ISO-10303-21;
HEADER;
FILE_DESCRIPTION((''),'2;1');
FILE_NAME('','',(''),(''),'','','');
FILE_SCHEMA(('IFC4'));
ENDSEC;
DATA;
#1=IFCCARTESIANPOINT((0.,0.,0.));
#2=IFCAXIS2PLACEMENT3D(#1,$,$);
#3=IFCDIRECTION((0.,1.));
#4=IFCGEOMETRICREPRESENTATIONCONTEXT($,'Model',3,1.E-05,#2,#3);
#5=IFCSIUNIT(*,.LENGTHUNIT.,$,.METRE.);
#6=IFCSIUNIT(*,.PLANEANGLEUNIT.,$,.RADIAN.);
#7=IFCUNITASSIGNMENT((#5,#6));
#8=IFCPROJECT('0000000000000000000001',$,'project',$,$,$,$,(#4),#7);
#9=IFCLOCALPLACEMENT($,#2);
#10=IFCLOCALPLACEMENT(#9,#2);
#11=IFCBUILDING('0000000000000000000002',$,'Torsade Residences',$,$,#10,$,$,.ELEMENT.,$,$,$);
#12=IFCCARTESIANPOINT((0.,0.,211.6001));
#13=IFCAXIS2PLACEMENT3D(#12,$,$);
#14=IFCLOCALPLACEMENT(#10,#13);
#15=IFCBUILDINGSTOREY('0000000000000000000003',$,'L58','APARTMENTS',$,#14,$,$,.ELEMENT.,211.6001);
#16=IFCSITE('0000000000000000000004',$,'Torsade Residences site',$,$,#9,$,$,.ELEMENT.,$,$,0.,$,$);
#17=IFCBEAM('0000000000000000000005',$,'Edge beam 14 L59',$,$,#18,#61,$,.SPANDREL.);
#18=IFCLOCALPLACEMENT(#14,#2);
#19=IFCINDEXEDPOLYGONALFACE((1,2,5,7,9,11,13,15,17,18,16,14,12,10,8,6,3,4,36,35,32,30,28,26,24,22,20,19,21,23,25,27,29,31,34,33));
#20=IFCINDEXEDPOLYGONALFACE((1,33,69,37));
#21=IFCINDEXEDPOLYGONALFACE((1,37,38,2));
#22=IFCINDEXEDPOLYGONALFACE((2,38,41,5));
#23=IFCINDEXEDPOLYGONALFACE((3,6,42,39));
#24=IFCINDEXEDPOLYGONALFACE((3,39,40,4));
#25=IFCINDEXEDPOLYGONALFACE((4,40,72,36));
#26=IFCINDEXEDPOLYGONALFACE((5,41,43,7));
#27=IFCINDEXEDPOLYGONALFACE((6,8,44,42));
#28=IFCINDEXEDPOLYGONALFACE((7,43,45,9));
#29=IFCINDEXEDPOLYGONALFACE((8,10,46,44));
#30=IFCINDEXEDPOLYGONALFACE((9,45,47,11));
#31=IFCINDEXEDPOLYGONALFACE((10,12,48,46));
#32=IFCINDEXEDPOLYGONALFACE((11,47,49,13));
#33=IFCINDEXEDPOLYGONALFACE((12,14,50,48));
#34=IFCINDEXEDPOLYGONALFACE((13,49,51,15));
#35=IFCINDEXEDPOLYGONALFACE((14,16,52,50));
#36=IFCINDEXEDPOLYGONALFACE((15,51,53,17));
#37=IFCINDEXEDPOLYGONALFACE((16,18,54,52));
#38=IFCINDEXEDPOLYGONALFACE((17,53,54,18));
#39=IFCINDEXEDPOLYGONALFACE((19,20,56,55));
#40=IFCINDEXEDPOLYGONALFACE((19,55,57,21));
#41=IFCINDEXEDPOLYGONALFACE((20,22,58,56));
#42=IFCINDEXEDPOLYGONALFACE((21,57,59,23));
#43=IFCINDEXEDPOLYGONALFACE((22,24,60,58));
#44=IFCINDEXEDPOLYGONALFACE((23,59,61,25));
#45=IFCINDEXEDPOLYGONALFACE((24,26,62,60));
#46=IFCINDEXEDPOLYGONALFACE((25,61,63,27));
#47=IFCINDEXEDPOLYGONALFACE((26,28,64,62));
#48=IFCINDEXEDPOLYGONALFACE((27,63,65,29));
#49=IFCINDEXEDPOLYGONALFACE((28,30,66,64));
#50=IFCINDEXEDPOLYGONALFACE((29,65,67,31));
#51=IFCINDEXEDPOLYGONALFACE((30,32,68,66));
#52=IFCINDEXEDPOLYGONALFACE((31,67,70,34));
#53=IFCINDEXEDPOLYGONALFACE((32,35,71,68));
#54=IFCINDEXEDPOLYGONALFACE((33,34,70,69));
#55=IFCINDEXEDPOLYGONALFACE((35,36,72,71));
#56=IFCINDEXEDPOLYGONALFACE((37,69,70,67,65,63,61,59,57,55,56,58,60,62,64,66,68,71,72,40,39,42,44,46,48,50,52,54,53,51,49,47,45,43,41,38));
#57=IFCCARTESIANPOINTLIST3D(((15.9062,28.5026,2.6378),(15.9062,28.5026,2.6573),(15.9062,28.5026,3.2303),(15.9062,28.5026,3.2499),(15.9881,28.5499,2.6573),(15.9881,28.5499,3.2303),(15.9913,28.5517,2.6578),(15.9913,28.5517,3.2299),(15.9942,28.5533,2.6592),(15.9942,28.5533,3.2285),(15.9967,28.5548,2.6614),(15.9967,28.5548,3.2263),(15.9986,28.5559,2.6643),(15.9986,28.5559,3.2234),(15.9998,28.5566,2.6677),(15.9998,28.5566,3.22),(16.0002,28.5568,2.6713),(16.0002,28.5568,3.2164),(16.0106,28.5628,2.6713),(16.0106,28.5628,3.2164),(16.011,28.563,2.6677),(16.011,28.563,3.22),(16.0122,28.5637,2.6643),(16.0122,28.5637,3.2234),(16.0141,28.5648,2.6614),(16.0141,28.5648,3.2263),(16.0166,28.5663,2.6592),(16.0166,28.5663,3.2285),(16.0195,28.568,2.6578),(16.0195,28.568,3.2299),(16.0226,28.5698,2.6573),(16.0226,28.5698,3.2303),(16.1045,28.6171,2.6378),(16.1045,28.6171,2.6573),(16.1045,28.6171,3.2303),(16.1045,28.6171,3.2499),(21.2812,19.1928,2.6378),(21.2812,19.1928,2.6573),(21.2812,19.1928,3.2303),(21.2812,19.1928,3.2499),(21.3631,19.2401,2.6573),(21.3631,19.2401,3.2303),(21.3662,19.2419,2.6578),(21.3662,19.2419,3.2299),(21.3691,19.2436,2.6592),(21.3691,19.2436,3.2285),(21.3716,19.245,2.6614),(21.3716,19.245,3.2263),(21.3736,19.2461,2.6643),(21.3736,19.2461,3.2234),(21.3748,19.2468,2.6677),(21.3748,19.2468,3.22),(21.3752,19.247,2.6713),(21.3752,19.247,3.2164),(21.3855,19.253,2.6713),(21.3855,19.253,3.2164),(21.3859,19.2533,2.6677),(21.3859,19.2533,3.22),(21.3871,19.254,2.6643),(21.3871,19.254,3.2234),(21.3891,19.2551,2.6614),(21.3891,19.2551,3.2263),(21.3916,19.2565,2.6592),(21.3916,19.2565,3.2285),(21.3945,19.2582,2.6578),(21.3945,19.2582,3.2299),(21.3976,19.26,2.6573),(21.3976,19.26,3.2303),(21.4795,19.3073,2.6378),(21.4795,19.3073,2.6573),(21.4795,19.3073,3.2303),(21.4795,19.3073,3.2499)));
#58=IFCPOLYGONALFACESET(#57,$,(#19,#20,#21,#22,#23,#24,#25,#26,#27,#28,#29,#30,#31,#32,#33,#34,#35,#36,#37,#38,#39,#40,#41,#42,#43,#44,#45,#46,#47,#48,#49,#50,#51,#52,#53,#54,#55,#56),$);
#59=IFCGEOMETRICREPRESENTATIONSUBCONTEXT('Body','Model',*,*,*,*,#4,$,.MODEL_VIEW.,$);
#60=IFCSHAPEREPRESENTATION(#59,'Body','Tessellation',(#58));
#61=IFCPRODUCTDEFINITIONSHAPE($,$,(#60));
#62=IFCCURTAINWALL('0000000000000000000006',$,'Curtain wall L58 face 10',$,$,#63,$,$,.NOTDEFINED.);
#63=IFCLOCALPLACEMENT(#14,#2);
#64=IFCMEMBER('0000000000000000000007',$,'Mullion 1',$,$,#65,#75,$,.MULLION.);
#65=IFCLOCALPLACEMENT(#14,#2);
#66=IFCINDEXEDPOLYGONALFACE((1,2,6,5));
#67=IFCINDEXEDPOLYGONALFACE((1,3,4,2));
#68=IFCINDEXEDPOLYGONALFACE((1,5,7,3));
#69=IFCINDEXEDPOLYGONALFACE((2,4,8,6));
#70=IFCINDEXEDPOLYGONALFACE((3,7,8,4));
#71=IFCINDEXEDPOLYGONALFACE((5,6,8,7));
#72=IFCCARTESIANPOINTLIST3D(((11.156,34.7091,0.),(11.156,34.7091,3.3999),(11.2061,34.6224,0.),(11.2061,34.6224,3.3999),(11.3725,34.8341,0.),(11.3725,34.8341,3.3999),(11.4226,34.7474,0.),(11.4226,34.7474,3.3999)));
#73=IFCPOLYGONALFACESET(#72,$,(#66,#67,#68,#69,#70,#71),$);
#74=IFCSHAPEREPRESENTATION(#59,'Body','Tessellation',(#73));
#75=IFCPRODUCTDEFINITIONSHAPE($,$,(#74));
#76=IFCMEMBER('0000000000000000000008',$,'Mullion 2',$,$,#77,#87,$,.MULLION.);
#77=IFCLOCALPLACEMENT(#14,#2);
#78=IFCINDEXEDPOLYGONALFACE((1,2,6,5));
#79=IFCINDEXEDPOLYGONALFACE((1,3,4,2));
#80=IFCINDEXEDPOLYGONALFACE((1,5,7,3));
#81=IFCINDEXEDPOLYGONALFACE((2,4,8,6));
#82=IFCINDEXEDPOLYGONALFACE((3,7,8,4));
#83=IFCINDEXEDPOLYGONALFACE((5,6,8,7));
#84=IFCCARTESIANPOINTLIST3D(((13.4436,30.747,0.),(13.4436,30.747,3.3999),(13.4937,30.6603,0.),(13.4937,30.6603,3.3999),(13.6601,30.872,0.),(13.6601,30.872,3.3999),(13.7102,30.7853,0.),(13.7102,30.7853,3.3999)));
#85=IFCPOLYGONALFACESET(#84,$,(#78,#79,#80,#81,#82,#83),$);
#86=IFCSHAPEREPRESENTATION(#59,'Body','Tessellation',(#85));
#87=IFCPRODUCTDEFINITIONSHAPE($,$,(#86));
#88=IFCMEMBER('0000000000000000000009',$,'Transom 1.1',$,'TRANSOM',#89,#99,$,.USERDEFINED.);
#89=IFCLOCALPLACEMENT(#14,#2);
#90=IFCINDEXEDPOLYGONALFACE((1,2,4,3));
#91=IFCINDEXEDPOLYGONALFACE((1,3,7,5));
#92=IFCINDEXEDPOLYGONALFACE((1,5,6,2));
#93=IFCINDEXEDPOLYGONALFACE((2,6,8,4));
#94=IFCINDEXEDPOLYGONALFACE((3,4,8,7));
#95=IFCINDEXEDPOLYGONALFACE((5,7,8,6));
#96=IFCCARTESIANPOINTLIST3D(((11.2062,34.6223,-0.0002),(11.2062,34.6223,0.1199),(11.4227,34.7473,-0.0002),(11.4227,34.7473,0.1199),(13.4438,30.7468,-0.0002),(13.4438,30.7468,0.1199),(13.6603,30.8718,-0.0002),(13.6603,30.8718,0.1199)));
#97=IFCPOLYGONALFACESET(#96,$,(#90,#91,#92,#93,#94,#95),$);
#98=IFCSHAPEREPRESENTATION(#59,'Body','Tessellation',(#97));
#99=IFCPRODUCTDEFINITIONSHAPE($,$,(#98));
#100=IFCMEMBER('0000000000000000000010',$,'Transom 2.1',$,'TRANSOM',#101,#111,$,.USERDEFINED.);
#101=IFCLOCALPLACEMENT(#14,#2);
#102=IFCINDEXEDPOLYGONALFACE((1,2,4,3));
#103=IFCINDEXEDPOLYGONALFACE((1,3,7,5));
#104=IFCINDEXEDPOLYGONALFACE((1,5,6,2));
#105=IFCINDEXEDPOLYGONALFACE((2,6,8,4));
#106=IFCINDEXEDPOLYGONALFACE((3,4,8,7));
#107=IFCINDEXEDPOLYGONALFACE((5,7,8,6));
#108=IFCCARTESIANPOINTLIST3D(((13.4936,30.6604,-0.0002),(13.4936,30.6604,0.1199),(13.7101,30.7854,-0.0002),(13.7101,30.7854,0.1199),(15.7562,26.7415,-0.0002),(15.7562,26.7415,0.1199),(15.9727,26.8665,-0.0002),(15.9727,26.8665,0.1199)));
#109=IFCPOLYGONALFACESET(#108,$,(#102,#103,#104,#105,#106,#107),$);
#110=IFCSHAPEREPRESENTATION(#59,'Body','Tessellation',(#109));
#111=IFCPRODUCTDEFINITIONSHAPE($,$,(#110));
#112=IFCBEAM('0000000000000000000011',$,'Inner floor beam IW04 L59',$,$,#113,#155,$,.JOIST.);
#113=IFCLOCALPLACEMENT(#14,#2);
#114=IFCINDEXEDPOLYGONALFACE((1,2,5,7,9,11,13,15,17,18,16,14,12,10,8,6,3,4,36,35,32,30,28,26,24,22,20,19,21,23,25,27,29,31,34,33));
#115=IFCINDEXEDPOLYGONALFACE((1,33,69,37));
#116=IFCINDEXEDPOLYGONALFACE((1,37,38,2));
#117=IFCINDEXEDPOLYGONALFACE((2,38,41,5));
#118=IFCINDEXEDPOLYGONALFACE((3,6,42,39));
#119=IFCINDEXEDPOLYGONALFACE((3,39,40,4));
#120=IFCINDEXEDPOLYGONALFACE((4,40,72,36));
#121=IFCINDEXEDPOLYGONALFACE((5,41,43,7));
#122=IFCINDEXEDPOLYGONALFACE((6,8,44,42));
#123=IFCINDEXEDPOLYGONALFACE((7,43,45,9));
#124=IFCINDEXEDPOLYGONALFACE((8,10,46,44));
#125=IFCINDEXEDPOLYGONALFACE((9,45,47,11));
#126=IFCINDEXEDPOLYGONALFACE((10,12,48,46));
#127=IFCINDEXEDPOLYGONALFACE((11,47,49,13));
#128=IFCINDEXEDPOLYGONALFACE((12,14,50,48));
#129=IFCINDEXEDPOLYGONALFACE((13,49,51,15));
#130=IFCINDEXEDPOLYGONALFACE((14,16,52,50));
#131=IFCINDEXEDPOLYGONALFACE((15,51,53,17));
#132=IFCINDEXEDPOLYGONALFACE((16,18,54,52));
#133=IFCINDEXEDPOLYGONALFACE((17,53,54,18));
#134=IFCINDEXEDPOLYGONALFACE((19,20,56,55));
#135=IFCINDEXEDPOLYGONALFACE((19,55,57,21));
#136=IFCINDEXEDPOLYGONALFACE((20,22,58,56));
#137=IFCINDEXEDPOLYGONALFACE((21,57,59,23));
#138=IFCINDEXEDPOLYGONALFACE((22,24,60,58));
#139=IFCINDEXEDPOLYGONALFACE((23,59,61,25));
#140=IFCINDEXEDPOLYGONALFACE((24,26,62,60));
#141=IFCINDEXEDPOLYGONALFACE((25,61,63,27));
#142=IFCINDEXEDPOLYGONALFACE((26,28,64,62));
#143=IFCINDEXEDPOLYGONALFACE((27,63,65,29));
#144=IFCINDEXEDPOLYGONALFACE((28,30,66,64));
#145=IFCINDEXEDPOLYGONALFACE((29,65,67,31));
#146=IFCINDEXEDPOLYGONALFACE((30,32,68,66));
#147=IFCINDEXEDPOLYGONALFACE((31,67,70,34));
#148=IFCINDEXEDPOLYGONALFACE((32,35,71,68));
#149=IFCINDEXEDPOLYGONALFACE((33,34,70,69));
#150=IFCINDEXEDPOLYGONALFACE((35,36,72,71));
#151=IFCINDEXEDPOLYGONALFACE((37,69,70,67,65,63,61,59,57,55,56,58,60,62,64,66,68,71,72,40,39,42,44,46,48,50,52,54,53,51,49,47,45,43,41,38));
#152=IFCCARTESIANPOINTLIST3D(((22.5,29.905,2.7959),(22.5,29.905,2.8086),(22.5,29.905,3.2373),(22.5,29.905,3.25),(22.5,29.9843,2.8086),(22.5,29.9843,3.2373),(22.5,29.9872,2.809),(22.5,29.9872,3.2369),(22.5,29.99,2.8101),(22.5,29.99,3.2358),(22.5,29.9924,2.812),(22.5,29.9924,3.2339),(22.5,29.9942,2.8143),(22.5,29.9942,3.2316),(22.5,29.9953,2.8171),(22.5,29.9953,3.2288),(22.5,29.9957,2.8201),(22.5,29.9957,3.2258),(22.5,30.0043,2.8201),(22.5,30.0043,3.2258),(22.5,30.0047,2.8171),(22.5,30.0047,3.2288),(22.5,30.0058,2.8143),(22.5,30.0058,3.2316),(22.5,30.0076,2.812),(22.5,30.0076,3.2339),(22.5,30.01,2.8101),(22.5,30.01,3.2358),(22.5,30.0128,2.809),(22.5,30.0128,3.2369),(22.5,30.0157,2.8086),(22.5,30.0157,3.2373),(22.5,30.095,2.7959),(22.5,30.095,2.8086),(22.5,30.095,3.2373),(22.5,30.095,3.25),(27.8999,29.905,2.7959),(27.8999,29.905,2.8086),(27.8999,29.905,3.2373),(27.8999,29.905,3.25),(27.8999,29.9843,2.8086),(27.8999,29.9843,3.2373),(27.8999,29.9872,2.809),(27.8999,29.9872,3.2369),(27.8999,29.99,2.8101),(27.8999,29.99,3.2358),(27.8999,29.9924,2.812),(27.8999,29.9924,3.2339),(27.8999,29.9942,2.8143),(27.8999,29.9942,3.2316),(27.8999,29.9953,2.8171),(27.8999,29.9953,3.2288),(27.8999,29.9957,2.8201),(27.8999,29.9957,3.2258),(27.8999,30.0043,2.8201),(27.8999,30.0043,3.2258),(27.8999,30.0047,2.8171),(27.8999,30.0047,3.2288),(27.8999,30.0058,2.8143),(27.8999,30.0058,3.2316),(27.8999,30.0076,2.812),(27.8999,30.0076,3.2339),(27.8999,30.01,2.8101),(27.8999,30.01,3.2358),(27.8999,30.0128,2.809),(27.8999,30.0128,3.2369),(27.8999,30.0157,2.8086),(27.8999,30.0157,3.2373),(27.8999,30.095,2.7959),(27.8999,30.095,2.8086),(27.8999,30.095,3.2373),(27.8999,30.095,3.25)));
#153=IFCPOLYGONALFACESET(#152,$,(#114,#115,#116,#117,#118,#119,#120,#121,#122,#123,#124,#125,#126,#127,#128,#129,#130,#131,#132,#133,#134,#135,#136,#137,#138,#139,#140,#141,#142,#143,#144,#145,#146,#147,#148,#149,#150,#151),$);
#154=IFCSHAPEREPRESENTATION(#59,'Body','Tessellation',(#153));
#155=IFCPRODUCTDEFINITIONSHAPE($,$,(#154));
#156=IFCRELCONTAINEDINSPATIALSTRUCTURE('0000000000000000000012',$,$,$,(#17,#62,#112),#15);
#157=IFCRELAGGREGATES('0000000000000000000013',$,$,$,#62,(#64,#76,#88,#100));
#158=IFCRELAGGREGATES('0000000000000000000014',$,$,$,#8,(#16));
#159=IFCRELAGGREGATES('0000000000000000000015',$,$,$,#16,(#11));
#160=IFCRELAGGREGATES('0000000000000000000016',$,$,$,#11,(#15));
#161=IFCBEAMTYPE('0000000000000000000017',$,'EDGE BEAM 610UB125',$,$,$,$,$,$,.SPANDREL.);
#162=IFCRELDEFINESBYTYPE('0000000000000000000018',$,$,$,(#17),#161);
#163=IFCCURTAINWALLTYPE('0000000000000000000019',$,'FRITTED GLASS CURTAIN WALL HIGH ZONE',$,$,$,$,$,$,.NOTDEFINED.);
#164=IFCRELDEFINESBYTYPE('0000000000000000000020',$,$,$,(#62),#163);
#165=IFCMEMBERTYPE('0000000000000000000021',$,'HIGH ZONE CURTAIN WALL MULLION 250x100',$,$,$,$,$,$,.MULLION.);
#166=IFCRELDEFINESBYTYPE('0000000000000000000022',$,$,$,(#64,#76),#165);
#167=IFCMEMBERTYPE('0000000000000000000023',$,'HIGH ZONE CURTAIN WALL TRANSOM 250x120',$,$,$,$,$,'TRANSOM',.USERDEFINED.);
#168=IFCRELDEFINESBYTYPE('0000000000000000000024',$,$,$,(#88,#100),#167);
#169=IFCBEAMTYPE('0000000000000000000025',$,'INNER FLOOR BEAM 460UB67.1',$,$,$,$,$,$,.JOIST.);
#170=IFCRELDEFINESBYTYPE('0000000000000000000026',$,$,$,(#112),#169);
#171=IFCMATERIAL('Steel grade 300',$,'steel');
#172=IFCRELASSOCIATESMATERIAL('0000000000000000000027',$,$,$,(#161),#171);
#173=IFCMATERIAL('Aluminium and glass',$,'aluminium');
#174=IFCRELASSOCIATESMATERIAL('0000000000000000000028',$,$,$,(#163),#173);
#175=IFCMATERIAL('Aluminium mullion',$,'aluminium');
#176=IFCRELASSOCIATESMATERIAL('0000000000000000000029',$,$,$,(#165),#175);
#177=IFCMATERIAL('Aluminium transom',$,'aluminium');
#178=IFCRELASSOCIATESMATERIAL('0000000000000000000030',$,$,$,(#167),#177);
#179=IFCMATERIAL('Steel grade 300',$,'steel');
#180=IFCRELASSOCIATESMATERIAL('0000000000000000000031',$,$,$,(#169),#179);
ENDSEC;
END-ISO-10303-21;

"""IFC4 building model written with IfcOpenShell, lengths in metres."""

from ifc_helpers import new_model, si_unit, direction, frame, origin, origin_2d, place, context, subcontext, project, spatial, rectangle, i_section, extrude, material, material_profile, profile_set, type_object, element, aggregate, save


model = new_model("IFC4")

# Units and contexts
model_context = context("Model", 3, precision=1e-05, world=origin(), true_north=direction((0.0, 1.0)))
body_context = subcontext(model_context, "Body", "Model", "MODEL_VIEW")
ifc_project = project(units=[si_unit("LENGTHUNIT", "METRE"), si_unit("PLANEANGLEUNIT", "RADIAN")], contexts=[model_context])

# Site, building, storey
site_placement = place(None, origin())
site = spatial("IfcSite", under=ifc_project, at=site_placement, Name="Torsade Residences site", CompositionType="ELEMENT", RefElevation=0.0)
building_placement = place(site_placement, origin())
building = spatial("IfcBuilding", under=site, at=building_placement, Name="Torsade Residences", CompositionType="ELEMENT")
storey_placement = place(building_placement, frame((0.0, 0.0, 211.6001)))
storey = spatial("IfcBuildingStorey", under=building, at=storey_placement, Name="L58", Description="APARTMENTS", CompositionType="ELEMENT", Elevation=211.6001)

# Beam
ifc_material_1 = material(Name="Steel grade 300", Category="steel")
ifc_material_profile_1 = material_profile(ifc_material_1, i_section(OverallWidth=0.229, OverallDepth=0.6121, WebThickness=0.012, FlangeThickness=0.0195, FilletRadius=0.0139, at=origin_2d()), Name="610UB125")
ifc_profile_set_1 = profile_set([ifc_material_profile_1], Name="Steel grade 300")
beam_type_1 = type_object("IfcBeamType", Name="EDGE BEAM 610UB125", PredefinedType="SPANDREL", material=ifc_profile_set_1)
for number, where, z_axis, x_axis, name in (
    (1, (16.0054, 28.5598, 2.9438), (0.499998, -0.866026, 0.0), (0.866026, 0.499998, 0.0), "Edge beam 14 L59"),
):
    element("IfcBeam", number, at=place(storey_placement, frame(where, z_axis=z_axis, x_axis=x_axis)), inside=storey, type_object=beam_type_1, Name=name, PredefinedType="SPANDREL", context=body_context, shape_type="SweptSolid", body=[
        extrude(i_section(OverallWidth=0.229, OverallDepth=0.6121, WebThickness=0.012, FlangeThickness=0.0195, FilletRadius=0.0139, at=origin_2d()), origin(), (0.0, 0.0, 1.0), 10.75),
    ])

# Curtain wall, members
ifc_material_2 = material(Name="Aluminium and glass", Category="aluminium")
curtain_wall_type = type_object("IfcCurtainWallType", Name="FRITTED GLASS CURTAIN WALL HIGH ZONE", PredefinedType="NOTDEFINED", material=ifc_material_2)
curtain_wall_placement = place(storey_placement, origin())
curtain_wall = element("IfcCurtainWall", 2, at=curtain_wall_placement, inside=storey, type_object=curtain_wall_type, Name="Curtain wall L58 face 10", PredefinedType="NOTDEFINED")
ifc_material_3 = material(Name="Aluminium mullion", Category="aluminium")
ifc_material_profile_2 = material_profile(ifc_material_3, rectangle(XDim=0.25, YDim=0.1001, at=origin_2d()), Name="HIGH ZONE CURTAIN WALL MULLION 250x100")
ifc_profile_set_2 = profile_set([ifc_material_profile_2], Name="Aluminium mullion")
member_type_1 = type_object("IfcMemberType", Name="HIGH ZONE CURTAIN WALL MULLION 250x100", PredefinedType="MULLION", material=ifc_profile_set_2)
member_1_placement = place(storey_placement, frame((11.2893, 34.7283, 0.0), z_axis=(0.0, 0.0, 1.0), x_axis=(0.866025, 0.5, 0.0)))
member_1 = element("IfcMember", 3, at=member_1_placement, type_object=member_type_1, Name="Mullion 1", PredefinedType="MULLION", context=body_context, shape_type="SweptSolid", body=[
    extrude(rectangle(XDim=0.25, YDim=0.1001, at=origin_2d()), origin(), (0.0, 0.0, 1.0), 3.3999),
])
member_2_placement = place(storey_placement, frame((13.5769, 30.7661, 0.0), z_axis=(0.0, 0.0, 1.0), x_axis=(0.866025, 0.5, 0.0)))
member_2 = element("IfcMember", 4, at=member_2_placement, type_object=member_type_1, Name="Mullion 2", PredefinedType="MULLION", context=body_context, shape_type="SweptSolid", body=[
    extrude(rectangle(XDim=0.25, YDim=0.1001, at=origin_2d()), origin(), (0.0, 0.0, 1.0), 3.3999),
])
ifc_material_4 = material(Name="Aluminium transom", Category="aluminium")
ifc_material_profile_3 = material_profile(ifc_material_4, rectangle(XDim=0.25, YDim=0.1201, at=origin_2d()), Name="HIGH ZONE CURTAIN WALL TRANSOM 250x120")
ifc_profile_set_3 = profile_set([ifc_material_profile_3], Name="Aluminium transom")
member_type_2 = type_object("IfcMemberType", Name="HIGH ZONE CURTAIN WALL TRANSOM 250x120", ElementType="TRANSOM", PredefinedType="USERDEFINED", material=ifc_profile_set_3)
member_3_placement = place(storey_placement, frame((11.3145, 34.6848, 0.0598), z_axis=(0.500006, -0.866022, 0.0), x_axis=(0.866022, 0.500006, 0.0)))
member_3 = element("IfcMember", 5, at=member_3_placement, type_object=member_type_2, Name="Transom 1.1", ObjectType="TRANSOM", PredefinedType="USERDEFINED", context=body_context, shape_type="SweptSolid", body=[
    extrude(rectangle(XDim=0.25, YDim=0.1201, at=origin_2d()), origin(), (0.0, 0.0, 1.0), 4.4751),
])
member_4_placement = place(storey_placement, frame((13.6018, 30.7229, 0.0598), z_axis=(0.500015, -0.866017, 0.0), x_axis=(0.866017, 0.500015, 0.0)))
member_4 = element("IfcMember", 6, at=member_4_placement, type_object=member_type_2, Name="Transom 2.1", ObjectType="TRANSOM", PredefinedType="USERDEFINED", context=body_context, shape_type="SweptSolid", body=[
    extrude(rectangle(XDim=0.25, YDim=0.1201, at=origin_2d()), origin(), (0.0, 0.0, 1.0), 4.5251),
])

# Beam
ifc_material_5 = material(Name="Steel grade 300", Category="steel")
ifc_material_profile_4 = material_profile(ifc_material_5, i_section(OverallWidth=0.1899, OverallDepth=0.4541, WebThickness=0.0085, FlangeThickness=0.0127, FilletRadius=0.0115, at=origin_2d()), Name="460UB67.1")
ifc_profile_set_4 = profile_set([ifc_material_profile_4], Name="Steel grade 300")
beam_type_2 = type_object("IfcBeamType", Name="INNER FLOOR BEAM 460UB67.1", PredefinedType="JOIST", material=ifc_profile_set_4)
for number, where, z_axis, x_axis, name in (
    (7, (27.8999, 30.0, 3.0229), (-1.0, 0.0, 0.0), (0.0, -1.0, 0.0), "Inner floor beam IW04 L59"),
):
    element("IfcBeam", number, at=place(storey_placement, frame(where, z_axis=z_axis, x_axis=x_axis)), inside=storey, type_object=beam_type_2, Name=name, PredefinedType="JOIST", context=body_context, shape_type="SweptSolid", body=[
        extrude(i_section(OverallWidth=0.1899, OverallDepth=0.4541, WebThickness=0.0085, FlangeThickness=0.0127, FilletRadius=0.0115, at=origin_2d()), origin(), (0.0, 0.0, 1.0), 5.3999),
    ])

aggregate(curtain_wall, [member_1, member_2, member_3, member_4])

save(model, "model.ifc")
